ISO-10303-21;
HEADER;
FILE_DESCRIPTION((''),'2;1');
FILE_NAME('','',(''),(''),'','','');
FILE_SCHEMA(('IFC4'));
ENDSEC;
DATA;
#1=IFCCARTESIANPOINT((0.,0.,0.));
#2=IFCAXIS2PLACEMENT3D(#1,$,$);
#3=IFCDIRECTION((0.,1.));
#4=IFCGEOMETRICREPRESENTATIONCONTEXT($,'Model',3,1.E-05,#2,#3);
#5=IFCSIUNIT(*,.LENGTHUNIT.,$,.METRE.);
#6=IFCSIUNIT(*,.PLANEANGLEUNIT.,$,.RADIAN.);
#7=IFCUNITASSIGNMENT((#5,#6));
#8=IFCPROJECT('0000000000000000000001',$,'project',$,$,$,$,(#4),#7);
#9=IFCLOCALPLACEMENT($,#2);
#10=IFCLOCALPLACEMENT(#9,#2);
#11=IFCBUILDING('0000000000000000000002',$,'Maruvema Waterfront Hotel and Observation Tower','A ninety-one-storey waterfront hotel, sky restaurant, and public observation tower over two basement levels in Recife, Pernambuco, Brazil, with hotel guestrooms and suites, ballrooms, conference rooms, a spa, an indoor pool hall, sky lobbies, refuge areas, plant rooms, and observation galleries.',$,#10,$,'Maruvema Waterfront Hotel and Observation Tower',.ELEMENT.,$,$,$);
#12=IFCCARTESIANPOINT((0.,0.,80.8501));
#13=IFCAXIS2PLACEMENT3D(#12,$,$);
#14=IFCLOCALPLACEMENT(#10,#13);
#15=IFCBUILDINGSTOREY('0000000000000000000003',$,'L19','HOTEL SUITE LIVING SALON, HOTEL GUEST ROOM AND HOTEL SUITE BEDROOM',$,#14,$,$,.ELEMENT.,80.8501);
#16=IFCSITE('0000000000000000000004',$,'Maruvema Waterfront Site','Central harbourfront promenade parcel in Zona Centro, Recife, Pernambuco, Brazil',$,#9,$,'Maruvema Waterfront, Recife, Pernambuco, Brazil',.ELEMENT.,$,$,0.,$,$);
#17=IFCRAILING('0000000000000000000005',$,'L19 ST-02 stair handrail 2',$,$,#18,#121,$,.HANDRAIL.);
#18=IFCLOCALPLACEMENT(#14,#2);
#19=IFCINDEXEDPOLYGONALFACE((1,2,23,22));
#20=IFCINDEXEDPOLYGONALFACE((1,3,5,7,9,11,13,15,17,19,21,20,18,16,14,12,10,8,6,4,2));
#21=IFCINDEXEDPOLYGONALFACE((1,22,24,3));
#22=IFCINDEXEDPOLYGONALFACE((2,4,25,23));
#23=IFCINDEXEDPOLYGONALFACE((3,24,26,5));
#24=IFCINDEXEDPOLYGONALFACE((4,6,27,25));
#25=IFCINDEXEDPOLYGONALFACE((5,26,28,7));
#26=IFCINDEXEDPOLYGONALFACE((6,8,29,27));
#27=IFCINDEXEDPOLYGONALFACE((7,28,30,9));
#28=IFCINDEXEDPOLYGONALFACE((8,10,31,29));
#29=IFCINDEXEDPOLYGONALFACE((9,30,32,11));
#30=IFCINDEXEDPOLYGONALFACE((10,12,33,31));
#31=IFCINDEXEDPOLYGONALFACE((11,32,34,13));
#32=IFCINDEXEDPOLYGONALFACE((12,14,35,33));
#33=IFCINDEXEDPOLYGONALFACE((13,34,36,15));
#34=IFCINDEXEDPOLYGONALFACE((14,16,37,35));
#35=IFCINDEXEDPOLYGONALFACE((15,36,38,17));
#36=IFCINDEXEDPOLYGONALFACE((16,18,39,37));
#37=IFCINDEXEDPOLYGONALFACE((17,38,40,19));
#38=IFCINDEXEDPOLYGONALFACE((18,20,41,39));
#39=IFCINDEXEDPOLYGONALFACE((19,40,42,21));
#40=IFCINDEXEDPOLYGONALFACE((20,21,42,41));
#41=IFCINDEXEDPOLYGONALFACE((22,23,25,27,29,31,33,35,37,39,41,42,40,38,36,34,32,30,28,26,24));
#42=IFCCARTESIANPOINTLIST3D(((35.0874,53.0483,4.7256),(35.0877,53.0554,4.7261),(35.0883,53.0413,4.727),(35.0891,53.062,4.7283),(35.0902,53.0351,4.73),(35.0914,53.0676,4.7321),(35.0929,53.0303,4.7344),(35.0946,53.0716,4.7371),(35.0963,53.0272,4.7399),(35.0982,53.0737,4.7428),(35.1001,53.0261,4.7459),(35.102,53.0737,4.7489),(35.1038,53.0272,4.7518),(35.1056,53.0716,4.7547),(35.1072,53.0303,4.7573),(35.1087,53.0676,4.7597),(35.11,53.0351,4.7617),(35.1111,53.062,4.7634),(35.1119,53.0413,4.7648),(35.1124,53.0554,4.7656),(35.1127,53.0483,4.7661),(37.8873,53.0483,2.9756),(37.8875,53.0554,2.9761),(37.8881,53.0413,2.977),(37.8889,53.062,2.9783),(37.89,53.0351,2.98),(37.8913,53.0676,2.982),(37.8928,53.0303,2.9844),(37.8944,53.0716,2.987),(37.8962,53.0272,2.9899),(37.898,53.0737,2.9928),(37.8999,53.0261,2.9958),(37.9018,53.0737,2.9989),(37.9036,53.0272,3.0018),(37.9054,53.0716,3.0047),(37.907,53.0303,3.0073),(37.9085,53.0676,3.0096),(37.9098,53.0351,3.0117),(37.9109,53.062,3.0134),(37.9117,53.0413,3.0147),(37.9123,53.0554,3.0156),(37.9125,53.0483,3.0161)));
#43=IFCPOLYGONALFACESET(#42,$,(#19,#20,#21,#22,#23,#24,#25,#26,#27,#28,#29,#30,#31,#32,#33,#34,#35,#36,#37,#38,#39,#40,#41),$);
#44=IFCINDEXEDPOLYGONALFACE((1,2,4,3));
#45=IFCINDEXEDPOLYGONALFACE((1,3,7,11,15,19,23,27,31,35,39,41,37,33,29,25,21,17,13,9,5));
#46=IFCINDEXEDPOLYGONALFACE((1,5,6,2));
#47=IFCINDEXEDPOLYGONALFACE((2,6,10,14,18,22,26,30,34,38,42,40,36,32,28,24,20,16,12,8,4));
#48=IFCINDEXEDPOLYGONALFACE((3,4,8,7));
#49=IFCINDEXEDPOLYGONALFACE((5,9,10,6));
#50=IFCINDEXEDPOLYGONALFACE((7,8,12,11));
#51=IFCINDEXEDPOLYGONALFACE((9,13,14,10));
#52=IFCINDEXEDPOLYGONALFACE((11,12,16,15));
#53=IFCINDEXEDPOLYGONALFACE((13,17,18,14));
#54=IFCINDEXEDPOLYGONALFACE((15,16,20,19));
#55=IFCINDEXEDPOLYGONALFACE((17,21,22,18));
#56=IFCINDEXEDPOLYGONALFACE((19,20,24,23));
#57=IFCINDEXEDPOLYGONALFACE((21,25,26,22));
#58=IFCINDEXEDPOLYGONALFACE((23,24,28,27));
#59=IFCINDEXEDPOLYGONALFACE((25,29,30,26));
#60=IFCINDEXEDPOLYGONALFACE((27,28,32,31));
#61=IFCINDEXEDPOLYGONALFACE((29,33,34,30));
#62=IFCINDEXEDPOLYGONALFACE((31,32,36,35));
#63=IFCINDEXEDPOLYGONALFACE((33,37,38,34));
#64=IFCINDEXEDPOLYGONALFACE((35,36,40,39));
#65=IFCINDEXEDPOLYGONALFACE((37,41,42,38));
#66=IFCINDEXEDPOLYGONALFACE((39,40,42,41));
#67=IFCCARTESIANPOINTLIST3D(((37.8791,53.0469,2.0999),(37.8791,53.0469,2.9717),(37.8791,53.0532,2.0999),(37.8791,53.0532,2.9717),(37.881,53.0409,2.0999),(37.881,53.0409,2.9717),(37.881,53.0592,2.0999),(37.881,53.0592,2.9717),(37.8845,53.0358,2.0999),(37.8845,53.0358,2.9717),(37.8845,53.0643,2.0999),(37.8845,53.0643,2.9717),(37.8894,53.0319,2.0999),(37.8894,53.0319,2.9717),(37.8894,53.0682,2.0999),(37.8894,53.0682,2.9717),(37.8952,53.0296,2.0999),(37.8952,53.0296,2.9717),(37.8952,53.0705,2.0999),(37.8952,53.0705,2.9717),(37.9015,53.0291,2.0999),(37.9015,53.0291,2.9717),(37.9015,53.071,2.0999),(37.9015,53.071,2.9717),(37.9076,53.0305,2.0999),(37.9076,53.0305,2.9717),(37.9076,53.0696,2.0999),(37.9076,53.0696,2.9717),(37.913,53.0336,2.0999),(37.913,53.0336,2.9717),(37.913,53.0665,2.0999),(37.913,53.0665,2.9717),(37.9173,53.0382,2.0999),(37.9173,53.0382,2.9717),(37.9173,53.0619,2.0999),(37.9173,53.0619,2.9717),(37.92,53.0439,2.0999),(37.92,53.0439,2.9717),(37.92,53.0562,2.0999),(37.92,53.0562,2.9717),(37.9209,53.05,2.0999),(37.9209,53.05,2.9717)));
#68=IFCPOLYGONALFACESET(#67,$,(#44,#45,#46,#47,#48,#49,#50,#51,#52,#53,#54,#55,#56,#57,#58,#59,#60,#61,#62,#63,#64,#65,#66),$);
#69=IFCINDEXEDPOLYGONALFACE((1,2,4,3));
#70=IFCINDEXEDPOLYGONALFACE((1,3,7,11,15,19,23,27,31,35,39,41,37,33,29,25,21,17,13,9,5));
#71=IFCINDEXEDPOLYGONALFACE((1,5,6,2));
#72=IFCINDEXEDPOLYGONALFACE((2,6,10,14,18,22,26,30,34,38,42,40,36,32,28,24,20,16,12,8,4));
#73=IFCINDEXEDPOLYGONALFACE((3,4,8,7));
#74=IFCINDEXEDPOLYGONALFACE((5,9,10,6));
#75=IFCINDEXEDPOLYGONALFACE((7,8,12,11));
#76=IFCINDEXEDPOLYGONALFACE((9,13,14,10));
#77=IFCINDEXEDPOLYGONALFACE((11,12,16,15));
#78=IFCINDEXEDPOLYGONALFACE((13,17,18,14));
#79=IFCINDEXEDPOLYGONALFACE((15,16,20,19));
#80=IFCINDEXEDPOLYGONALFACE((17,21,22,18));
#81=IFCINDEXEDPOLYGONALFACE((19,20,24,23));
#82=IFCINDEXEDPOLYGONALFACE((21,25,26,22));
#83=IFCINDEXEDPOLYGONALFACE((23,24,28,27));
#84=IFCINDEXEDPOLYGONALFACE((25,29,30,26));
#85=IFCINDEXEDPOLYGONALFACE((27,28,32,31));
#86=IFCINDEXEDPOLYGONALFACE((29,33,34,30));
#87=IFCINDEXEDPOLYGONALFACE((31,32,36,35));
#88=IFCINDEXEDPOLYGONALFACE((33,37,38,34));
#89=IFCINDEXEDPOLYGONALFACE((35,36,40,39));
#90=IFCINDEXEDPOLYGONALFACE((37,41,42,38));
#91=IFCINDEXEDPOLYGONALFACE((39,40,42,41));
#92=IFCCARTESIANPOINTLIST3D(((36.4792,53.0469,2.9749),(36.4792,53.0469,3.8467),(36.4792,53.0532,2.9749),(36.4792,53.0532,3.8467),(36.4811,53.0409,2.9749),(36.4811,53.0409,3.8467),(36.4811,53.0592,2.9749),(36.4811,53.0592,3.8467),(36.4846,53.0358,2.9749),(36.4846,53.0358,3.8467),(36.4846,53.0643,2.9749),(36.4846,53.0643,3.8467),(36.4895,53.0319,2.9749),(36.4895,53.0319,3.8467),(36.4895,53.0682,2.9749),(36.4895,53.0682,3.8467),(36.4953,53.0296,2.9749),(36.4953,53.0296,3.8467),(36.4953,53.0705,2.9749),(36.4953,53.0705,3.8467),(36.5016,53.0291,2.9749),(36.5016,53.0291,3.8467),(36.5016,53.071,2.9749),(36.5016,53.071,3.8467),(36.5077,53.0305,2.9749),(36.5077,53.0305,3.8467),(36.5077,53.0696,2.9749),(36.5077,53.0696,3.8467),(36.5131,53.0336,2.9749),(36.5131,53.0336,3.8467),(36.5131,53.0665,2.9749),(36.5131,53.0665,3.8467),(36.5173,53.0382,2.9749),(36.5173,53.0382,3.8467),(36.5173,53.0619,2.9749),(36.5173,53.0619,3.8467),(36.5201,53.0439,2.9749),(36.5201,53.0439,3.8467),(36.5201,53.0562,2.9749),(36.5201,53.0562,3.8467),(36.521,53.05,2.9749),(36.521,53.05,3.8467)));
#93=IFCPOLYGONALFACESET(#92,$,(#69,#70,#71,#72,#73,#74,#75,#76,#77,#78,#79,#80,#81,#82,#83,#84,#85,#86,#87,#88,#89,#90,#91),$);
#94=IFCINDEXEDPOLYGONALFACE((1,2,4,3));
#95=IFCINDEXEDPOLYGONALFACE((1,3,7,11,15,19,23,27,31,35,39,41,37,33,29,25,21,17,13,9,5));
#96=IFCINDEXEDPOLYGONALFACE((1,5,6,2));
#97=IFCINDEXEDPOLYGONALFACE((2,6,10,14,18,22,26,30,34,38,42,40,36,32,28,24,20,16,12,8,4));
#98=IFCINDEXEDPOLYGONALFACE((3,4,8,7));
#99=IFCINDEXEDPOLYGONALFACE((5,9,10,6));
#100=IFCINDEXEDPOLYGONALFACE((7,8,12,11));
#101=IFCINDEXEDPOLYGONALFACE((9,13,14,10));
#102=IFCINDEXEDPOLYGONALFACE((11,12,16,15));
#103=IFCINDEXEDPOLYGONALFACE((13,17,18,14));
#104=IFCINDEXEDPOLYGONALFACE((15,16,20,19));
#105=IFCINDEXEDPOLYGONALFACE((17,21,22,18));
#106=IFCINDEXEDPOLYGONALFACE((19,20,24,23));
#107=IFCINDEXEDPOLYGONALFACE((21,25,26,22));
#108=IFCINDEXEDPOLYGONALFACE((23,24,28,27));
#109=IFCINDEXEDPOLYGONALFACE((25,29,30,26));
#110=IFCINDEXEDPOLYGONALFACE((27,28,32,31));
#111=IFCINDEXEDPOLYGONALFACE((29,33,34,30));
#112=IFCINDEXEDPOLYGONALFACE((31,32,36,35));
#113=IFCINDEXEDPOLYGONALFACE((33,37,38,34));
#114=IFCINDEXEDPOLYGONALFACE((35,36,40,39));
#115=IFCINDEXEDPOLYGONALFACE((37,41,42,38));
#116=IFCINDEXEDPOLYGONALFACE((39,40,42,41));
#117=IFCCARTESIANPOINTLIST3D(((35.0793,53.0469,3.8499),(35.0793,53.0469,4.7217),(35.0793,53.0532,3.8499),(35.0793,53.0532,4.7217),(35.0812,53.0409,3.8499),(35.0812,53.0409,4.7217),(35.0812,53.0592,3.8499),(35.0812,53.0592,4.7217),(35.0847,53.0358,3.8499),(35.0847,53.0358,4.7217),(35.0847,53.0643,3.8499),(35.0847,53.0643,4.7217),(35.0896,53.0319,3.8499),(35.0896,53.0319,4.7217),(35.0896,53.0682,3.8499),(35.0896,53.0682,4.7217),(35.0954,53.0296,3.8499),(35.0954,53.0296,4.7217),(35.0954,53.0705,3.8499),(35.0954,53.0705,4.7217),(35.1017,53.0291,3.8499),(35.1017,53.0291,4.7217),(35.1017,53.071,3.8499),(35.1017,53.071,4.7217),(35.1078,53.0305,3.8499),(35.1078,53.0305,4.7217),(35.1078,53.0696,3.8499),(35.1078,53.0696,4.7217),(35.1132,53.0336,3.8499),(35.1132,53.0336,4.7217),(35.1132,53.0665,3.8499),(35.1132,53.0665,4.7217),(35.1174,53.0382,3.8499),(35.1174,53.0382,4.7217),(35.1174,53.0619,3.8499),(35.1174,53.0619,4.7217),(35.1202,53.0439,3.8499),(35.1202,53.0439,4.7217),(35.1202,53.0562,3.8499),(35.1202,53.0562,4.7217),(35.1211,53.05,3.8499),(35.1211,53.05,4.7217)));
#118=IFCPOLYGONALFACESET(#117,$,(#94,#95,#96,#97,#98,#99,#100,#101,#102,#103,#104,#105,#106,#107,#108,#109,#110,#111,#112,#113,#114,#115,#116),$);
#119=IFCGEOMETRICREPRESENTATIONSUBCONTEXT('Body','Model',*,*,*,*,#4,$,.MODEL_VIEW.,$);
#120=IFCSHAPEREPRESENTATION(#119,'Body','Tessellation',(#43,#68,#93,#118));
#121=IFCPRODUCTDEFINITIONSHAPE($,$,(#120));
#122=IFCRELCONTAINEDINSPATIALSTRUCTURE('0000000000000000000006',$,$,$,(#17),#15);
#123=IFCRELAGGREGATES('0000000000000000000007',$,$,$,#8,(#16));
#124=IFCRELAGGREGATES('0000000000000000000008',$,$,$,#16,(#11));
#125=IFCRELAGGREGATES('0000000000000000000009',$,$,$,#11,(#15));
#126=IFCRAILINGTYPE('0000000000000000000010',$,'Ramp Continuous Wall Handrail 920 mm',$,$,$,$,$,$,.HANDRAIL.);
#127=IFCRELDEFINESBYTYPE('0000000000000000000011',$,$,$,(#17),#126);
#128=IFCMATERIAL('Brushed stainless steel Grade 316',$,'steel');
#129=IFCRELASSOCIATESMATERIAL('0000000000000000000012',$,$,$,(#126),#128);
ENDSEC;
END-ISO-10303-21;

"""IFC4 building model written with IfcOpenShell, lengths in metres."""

from ifc_helpers import new_model, si_unit, direction, frame, origin, origin_2d, place, context, subcontext, project, spatial, circle, extrude, material, type_object, element, save


model = new_model("IFC4")

# Units and contexts
model_context = context("Model", 3, precision=1e-05, world=origin(), true_north=direction((0.0, 1.0)))
body_context = subcontext(model_context, "Body", "Model", "MODEL_VIEW")
ifc_project = project(units=[si_unit("LENGTHUNIT", "METRE"), si_unit("PLANEANGLEUNIT", "RADIAN")], contexts=[model_context])

# Site, building, storey
site_placement = place(None, origin())
site = spatial("IfcSite", under=ifc_project, at=site_placement, Name="Maruvema Waterfront Site", Description="Central harbourfront promenade parcel in Zona Centro, Recife, Pernambuco, Brazil", LongName="Maruvema Waterfront, Recife, Pernambuco, Brazil", CompositionType="ELEMENT", RefElevation=0.0)
building_placement = place(site_placement, origin())
building = spatial("IfcBuilding", under=site, at=building_placement, Name="Maruvema Waterfront Hotel and Observation Tower", Description="A ninety-one-storey waterfront hotel, sky restaurant, and public observation tower over two basement levels in Recife, Pernambuco, Brazil, with hotel guestrooms and suites, ballrooms, conference rooms, a spa, an indoor pool hall, sky lobbies, refuge areas, plant rooms, and observation galleries.", LongName="Maruvema Waterfront Hotel and Observation Tower", CompositionType="ELEMENT")
storey_placement = place(building_placement, frame((0.0, 0.0, 80.8501)))
storey = spatial("IfcBuildingStorey", under=building, at=storey_placement, Name="L19", Description="HOTEL SUITE LIVING SALON, HOTEL GUEST ROOM AND HOTEL SUITE BEDROOM", CompositionType="ELEMENT", Elevation=80.8501)

# Railing
ifc_material_1 = material(Name="Brushed stainless steel Grade 316", Category="steel")
railing_type_1 = type_object("IfcRailingType", Name="Ramp Continuous Wall Handrail 920 mm", PredefinedType="HANDRAIL", material=ifc_material_1)
railing_1_placement = place(storey_placement, frame((37.8999, 53.05, 2.0999)))
element("IfcRailing", 1, at=railing_1_placement, inside=storey, type_object=railing_type_1, Name="L19 ST-02 stair handrail 2", PredefinedType="HANDRAIL", context=body_context, shape_type="SweptSolid", body=[
    extrude(circle(Radius=0.0239, at=origin_2d()), frame((0.0, 0.0, 0.896), z_axis=(-0.847982, 0.0, 0.530026), x_axis=(0.0, -1.0, 0.0)), (0.0, 0.0, 1.0), 3.3018),
    extrude(circle(Radius=0.021, at=origin_2d()), origin(), (0.0, 0.0, 1.0), 0.8718),
    extrude(circle(Radius=0.021, at=origin_2d()), frame((-1.3999, 0.0, 0.875)), (0.0, 0.0, 1.0), 0.8718),
    extrude(circle(Radius=0.021, at=origin_2d()), frame((-2.7998, 0.0, 1.75)), (0.0, 0.0, 1.0), 0.8718),
])

save(model, "model.ifc")
